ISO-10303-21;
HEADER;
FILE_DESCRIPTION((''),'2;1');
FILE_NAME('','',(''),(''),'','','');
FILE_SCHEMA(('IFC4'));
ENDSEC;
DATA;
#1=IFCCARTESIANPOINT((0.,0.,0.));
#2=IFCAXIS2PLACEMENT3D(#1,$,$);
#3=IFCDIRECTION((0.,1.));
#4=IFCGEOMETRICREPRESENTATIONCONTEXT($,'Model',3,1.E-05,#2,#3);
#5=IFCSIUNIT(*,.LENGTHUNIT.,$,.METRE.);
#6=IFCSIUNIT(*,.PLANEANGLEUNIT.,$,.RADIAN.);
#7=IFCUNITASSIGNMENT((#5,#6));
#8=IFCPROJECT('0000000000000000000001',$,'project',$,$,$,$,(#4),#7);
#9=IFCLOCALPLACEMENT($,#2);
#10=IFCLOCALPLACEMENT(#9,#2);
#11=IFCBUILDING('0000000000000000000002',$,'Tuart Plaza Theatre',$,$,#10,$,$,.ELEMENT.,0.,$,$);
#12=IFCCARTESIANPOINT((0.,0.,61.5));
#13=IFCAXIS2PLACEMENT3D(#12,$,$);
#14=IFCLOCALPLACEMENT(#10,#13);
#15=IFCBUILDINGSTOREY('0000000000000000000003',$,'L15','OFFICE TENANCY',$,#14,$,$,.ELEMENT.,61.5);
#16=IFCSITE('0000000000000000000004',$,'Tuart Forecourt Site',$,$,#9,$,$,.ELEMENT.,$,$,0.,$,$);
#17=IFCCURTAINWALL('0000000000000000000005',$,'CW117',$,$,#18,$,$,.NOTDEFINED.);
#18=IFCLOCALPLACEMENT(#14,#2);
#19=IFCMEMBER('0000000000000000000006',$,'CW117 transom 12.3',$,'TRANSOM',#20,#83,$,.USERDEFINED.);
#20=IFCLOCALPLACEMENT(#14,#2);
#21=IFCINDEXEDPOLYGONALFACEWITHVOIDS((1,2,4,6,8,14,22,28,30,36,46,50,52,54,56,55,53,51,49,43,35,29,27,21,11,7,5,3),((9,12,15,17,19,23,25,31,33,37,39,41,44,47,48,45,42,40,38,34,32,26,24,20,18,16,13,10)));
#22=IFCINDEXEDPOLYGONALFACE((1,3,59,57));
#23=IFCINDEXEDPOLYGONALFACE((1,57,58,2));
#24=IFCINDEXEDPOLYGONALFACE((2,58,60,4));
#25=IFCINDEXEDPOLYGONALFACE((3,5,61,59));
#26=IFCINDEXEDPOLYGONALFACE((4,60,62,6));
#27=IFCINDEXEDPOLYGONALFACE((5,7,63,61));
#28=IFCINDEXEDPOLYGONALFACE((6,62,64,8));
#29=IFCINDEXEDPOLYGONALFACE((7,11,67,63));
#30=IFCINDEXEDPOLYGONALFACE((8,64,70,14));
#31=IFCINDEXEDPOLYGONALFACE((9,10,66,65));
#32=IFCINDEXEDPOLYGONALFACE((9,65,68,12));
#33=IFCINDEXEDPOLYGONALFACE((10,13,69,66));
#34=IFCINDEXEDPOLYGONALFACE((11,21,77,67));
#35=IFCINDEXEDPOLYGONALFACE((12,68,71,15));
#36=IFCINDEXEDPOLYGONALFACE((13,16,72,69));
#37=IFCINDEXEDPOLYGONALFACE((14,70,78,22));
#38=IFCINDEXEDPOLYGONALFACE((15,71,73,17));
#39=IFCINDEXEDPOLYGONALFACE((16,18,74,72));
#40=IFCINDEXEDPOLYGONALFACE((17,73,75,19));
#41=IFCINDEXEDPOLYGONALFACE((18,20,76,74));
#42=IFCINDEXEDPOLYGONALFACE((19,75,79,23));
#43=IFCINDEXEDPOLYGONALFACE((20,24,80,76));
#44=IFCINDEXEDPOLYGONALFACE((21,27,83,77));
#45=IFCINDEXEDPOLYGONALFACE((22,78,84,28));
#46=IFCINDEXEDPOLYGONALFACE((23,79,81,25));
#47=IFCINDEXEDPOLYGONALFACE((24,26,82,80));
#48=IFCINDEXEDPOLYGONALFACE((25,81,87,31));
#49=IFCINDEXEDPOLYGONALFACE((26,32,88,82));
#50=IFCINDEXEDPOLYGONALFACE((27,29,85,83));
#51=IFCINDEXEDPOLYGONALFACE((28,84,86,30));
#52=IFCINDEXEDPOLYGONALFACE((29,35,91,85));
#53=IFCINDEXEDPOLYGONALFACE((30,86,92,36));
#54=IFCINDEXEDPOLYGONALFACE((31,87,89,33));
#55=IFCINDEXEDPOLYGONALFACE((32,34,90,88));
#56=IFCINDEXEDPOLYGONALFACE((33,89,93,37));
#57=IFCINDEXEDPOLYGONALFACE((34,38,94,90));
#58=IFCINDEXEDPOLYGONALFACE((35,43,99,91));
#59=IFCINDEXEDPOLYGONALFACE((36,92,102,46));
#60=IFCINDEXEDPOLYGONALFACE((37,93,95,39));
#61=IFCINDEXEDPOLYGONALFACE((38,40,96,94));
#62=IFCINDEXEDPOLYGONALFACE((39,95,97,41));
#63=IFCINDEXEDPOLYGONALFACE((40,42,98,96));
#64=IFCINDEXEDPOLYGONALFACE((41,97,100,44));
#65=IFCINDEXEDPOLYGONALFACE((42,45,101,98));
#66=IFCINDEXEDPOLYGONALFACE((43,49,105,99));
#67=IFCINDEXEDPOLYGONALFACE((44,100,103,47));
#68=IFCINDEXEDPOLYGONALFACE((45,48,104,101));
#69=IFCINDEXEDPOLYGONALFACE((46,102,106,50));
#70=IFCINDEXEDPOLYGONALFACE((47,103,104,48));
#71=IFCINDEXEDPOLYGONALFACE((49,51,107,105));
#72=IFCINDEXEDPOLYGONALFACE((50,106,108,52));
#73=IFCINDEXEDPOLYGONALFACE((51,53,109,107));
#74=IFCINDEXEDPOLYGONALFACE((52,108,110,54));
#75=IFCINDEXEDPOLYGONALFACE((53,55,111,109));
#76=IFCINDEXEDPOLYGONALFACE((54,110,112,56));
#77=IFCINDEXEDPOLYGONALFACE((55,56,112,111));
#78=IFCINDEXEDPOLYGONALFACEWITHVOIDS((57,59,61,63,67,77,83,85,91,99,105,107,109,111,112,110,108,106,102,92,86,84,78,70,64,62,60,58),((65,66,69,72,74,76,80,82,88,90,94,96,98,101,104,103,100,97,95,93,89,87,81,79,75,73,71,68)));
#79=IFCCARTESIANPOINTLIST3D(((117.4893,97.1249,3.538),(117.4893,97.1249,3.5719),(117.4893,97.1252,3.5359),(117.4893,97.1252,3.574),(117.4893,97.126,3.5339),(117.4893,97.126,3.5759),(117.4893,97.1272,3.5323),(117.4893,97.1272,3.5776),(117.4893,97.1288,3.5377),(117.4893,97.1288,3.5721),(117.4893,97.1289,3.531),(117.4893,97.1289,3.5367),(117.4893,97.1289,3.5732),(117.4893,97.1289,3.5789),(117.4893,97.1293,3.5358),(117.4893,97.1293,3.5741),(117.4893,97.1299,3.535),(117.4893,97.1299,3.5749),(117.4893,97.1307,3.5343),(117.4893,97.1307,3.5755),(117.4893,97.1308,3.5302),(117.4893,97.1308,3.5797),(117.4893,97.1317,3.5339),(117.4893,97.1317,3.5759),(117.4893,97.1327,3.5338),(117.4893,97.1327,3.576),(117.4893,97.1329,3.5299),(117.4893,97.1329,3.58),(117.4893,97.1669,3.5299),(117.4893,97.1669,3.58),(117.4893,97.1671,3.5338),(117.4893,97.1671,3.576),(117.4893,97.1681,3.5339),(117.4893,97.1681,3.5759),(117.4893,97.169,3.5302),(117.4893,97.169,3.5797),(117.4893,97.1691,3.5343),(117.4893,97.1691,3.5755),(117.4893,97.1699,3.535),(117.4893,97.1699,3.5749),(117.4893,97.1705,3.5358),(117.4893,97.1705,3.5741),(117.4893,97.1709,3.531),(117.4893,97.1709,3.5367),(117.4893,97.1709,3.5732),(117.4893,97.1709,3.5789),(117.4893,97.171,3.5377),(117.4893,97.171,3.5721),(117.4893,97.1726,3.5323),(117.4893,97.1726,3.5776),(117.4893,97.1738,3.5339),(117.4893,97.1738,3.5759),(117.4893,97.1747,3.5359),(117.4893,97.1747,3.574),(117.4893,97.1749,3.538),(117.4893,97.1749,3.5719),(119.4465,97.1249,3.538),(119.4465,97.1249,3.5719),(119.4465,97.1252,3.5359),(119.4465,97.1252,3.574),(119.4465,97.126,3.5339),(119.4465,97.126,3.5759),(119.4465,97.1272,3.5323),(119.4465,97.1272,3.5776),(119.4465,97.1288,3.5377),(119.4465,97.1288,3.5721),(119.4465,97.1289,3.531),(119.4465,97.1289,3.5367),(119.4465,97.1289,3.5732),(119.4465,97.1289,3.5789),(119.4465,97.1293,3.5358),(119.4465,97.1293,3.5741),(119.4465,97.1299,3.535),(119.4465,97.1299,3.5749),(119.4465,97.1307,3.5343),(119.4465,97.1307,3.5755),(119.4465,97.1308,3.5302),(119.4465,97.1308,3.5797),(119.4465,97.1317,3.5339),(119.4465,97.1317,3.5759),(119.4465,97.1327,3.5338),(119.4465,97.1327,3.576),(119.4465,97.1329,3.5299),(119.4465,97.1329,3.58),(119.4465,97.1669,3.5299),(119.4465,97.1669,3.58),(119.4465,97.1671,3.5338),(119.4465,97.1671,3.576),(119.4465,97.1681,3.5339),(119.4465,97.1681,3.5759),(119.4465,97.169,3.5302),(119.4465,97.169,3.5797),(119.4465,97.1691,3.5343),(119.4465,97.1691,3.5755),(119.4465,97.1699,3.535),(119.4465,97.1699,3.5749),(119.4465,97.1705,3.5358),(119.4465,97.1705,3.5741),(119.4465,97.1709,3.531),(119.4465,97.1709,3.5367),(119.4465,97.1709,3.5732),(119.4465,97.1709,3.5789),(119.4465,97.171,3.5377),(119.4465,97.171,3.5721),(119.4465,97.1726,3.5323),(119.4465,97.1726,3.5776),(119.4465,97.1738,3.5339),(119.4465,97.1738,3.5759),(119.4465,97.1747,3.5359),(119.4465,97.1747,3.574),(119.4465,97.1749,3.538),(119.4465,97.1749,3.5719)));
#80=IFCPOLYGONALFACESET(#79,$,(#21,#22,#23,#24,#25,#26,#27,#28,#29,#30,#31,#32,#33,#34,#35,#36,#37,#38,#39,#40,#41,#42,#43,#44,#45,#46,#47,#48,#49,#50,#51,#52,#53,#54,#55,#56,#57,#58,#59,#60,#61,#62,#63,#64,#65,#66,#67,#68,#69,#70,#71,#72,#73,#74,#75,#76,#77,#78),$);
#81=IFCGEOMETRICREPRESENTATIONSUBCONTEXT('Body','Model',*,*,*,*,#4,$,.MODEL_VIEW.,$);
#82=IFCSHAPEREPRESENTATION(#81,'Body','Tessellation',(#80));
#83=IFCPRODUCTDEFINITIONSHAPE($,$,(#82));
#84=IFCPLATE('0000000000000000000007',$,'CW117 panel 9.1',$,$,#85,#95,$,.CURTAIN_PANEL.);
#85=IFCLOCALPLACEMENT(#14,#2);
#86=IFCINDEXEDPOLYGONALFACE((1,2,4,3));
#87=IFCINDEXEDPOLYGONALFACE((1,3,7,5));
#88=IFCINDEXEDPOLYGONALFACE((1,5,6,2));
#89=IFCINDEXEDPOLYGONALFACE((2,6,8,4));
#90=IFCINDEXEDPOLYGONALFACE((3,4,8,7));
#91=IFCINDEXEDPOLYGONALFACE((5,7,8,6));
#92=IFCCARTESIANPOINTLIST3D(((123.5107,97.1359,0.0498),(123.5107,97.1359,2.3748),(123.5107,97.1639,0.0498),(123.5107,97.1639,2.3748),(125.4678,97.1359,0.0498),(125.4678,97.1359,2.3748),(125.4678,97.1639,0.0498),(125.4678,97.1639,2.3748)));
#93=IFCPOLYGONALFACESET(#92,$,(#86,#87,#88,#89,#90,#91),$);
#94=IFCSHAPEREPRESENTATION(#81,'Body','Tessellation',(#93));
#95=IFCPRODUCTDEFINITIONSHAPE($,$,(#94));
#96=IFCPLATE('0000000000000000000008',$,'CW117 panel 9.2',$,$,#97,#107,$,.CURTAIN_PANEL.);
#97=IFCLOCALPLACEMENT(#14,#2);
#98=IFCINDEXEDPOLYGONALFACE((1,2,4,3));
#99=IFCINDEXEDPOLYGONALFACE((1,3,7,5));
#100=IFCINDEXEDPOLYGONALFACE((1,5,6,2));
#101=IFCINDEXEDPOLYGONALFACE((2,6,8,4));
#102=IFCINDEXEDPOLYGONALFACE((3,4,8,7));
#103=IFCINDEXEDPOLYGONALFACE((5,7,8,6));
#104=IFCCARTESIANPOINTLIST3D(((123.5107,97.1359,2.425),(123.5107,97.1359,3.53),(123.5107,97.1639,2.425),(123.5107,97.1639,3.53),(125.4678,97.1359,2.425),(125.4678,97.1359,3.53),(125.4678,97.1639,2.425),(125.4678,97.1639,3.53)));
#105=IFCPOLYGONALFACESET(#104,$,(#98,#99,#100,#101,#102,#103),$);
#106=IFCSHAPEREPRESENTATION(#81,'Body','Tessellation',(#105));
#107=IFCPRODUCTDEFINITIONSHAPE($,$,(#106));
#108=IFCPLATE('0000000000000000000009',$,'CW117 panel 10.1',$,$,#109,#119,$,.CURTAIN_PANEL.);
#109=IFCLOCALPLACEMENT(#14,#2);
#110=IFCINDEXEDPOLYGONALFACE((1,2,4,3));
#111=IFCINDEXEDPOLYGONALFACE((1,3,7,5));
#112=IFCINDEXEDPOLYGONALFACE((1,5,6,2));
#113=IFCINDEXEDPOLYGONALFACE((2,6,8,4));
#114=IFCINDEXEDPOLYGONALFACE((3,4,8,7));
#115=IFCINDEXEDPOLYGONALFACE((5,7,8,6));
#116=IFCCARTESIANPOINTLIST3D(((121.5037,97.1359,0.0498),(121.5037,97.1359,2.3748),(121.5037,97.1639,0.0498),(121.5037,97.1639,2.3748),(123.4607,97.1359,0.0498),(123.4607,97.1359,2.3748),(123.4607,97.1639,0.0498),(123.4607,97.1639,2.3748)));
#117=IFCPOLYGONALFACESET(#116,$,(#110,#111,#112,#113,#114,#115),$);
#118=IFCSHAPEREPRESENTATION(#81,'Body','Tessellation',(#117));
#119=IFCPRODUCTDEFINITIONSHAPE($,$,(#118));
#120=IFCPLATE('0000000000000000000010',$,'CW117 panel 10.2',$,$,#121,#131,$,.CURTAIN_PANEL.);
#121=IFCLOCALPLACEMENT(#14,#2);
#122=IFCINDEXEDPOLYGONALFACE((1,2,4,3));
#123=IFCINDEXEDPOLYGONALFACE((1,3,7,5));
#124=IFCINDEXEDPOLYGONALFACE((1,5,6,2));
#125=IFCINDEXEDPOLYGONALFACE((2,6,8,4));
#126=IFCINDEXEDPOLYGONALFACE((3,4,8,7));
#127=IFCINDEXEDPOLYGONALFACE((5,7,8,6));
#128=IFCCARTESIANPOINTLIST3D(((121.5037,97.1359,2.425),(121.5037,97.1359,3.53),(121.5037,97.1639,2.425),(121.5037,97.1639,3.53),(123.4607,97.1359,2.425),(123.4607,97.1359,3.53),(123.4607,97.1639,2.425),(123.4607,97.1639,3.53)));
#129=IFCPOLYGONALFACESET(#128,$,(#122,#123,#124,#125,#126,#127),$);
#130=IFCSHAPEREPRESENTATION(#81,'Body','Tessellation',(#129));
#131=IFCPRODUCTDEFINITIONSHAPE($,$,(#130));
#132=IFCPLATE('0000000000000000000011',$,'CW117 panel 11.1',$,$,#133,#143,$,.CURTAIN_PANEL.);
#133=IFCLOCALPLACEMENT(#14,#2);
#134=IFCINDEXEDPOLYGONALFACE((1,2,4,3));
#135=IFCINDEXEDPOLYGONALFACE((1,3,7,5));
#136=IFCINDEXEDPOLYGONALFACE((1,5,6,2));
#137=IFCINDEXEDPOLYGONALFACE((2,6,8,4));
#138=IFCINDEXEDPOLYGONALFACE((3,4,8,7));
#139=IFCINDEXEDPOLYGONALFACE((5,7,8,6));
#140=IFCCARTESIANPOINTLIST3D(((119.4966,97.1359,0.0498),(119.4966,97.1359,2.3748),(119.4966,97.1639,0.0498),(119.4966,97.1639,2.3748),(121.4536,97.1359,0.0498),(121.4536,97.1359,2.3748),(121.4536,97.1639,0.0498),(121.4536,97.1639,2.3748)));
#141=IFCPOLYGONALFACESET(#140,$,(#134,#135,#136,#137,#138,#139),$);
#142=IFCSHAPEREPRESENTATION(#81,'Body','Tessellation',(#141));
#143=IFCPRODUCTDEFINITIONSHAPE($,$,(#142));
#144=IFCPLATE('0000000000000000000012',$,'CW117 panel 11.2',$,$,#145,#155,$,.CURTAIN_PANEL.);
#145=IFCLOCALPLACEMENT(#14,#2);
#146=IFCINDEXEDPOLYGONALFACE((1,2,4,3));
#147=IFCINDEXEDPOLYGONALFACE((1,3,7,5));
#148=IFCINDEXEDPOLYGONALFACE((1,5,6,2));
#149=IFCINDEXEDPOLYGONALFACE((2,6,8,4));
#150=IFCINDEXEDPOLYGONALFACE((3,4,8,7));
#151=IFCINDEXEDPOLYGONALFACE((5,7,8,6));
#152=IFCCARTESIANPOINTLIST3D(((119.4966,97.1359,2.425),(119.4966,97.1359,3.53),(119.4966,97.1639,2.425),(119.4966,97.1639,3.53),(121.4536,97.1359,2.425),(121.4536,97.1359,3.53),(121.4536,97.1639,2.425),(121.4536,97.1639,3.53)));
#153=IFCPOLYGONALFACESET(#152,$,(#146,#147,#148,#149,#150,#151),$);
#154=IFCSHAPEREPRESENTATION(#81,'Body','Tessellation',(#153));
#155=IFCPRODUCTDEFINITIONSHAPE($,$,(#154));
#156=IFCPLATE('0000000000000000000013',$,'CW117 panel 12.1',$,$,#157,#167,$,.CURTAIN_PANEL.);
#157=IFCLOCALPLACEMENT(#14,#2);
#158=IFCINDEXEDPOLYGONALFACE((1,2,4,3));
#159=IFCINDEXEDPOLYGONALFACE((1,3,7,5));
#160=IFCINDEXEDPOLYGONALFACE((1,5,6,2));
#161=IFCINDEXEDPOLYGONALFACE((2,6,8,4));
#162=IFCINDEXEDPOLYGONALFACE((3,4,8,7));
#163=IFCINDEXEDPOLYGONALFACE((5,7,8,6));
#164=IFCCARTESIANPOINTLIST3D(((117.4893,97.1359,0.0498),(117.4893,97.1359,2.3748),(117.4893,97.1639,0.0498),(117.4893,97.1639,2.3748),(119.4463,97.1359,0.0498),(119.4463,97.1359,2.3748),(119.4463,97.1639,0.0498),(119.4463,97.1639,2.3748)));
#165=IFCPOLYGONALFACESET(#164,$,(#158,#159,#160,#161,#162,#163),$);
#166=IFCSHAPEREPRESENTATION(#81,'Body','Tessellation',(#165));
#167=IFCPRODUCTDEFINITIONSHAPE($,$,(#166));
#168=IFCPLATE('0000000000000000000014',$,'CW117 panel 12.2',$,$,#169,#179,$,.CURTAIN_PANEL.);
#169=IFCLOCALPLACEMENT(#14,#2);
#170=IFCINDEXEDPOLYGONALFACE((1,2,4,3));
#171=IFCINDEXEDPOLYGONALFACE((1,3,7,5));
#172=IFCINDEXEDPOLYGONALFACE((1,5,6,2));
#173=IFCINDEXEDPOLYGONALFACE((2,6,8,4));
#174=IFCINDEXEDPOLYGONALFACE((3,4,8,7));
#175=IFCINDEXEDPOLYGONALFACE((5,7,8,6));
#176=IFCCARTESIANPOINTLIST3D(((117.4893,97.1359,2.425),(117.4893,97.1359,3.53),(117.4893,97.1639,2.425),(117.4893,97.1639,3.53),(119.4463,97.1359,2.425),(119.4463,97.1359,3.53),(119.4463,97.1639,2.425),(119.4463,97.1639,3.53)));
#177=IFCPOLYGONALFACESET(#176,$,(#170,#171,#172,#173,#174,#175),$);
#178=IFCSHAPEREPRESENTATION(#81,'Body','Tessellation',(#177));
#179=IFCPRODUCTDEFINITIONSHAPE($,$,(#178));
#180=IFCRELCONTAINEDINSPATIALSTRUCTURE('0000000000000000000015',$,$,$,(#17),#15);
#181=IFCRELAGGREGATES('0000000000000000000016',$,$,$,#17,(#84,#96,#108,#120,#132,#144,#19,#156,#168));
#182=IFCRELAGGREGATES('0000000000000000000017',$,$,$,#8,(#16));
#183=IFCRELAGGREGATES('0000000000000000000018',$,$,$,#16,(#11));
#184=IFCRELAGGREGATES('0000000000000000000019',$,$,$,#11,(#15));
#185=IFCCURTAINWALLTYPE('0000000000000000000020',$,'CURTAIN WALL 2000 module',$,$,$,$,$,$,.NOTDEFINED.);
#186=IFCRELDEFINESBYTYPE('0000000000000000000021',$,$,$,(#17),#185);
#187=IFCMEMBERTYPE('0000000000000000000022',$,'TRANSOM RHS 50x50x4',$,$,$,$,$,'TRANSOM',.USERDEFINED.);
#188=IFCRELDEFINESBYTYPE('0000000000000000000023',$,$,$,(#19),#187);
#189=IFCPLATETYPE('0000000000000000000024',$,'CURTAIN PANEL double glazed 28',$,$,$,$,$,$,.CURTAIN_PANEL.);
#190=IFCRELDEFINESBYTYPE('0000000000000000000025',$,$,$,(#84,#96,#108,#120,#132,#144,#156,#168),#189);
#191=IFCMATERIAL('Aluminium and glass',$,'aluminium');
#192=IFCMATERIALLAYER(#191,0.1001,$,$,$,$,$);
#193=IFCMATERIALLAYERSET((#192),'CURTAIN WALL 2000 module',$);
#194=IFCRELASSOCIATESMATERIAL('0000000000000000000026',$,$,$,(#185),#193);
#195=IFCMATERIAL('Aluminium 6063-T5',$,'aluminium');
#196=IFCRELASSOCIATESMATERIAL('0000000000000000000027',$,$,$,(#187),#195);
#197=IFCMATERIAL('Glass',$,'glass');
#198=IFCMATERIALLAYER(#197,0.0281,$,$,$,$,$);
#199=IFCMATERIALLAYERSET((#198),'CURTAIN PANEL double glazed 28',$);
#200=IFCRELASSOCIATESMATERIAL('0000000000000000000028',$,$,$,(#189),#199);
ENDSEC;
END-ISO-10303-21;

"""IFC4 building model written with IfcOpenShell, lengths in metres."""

from ifc_helpers import new_model, si_unit, direction, frame, origin, origin_2d, place, context, subcontext, project, spatial, rectangle, hollow_rectangle, extrude, material, layer, layer_set, material_profile, profile_set, type_object, element, aggregate, save


model = new_model("IFC4")

# Units and contexts
model_context = context("Model", 3, precision=1e-05, world=origin(), true_north=direction((0.0, 1.0)))
body_context = subcontext(model_context, "Body", "Model", "MODEL_VIEW")
ifc_project = project(units=[si_unit("LENGTHUNIT", "METRE"), si_unit("PLANEANGLEUNIT", "RADIAN")], contexts=[model_context])

# Site, building, storey
site_placement = place(None, origin())
site = spatial("IfcSite", under=ifc_project, at=site_placement, Name="Tuart Forecourt Site", CompositionType="ELEMENT", RefElevation=0.0)
building_placement = place(site_placement, origin())
building = spatial("IfcBuilding", under=site, at=building_placement, Name="Tuart Plaza Theatre", CompositionType="ELEMENT", ElevationOfRefHeight=0.0)
storey_placement = place(building_placement, frame((0.0, 0.0, 61.5)))
storey = spatial("IfcBuildingStorey", under=building, at=storey_placement, Name="L15", Description="OFFICE TENANCY", CompositionType="ELEMENT", Elevation=61.5)

# Curtain wall, member, plates
ifc_material_1 = material(Name="Aluminium and glass", Category="aluminium")
ifc_layer_1 = layer(ifc_material_1, 0.1001)
ifc_layer_set_1 = layer_set([ifc_layer_1], Name="CURTAIN WALL 2000 module")
curtain_wall_type = type_object("IfcCurtainWallType", Name="CURTAIN WALL 2000 module", PredefinedType="NOTDEFINED", material=ifc_layer_set_1)
curtain_wall_placement = place(storey_placement, origin())
curtain_wall = element("IfcCurtainWall", 1, at=curtain_wall_placement, inside=storey, type_object=curtain_wall_type, Name="CW117", PredefinedType="NOTDEFINED")
ifc_material_2 = material(Name="Aluminium 6063-T5", Category="aluminium")
ifc_material_profile_1 = material_profile(ifc_material_2, hollow_rectangle(XDim=0.05, YDim=0.05, WallThickness=0.0039, InnerFilletRadius=0.0039, OuterFilletRadius=0.0081, at=origin_2d()), Name="RHS 50x50x4")
ifc_profile_set_1 = profile_set([ifc_material_profile_1], Name="Aluminium 6063-T5")
member_type_1 = type_object("IfcMemberType", Name="TRANSOM RHS 50x50x4", ElementType="TRANSOM", PredefinedType="USERDEFINED", material=ifc_profile_set_1)
member_1_placement = place(storey_placement, frame((119.4465, 97.1499, 3.5549), z_axis=(-1.0, 0.0, 0.0), x_axis=(0.0, -1.0, 0.0)))
member_1 = element("IfcMember", 2, at=member_1_placement, type_object=member_type_1, Name="CW117 transom 12.3", ObjectType="TRANSOM", PredefinedType="USERDEFINED", context=body_context, shape_type="SweptSolid", body=[
    extrude(hollow_rectangle(XDim=0.05, YDim=0.05, WallThickness=0.0039, InnerFilletRadius=0.0039, OuterFilletRadius=0.0081, at=origin_2d()), origin(), (0.0, 0.0, 1.0), 1.9573),
])
ifc_material_3 = material(Name="Glass", Category="glass")
ifc_layer_2 = layer(ifc_material_3, 0.0281)
ifc_layer_set_2 = layer_set([ifc_layer_2], Name="CURTAIN PANEL double glazed 28")
plate_type = type_object("IfcPlateType", Name="CURTAIN PANEL double glazed 28", PredefinedType="CURTAIN_PANEL", material=ifc_layer_set_2)
plate_1_placement = place(storey_placement, frame((124.4893, 97.1499, 0.0498), z_axis=(0.0, 0.0, 1.0), x_axis=(-1.0, 0.0, 0.0)))
plate_1 = element("IfcPlate", 3, at=plate_1_placement, type_object=plate_type, Name="CW117 panel 9.1", PredefinedType="CURTAIN_PANEL", context=body_context, shape_type="SweptSolid", body=[
    extrude(rectangle(XDim=1.957, YDim=0.0281, at=origin_2d()), origin(), (0.0, 0.0, 1.0), 2.325),
])
plate_2_placement = place(storey_placement, frame((124.4893, 97.1499, 2.425), z_axis=(0.0, 0.0, 1.0), x_axis=(-1.0, 0.0, 0.0)))
plate_2 = element("IfcPlate", 4, at=plate_2_placement, type_object=plate_type, Name="CW117 panel 9.2", PredefinedType="CURTAIN_PANEL", context=body_context, shape_type="SweptSolid", body=[
    extrude(rectangle(XDim=1.957, YDim=0.0281, at=origin_2d()), origin(), (0.0, 0.0, 1.0), 1.105),
])
plate_3_placement = place(storey_placement, frame((122.4822, 97.1499, 0.0498), z_axis=(0.0, 0.0, 1.0), x_axis=(-1.0, 0.0, 0.0)))
plate_3 = element("IfcPlate", 5, at=plate_3_placement, type_object=plate_type, Name="CW117 panel 10.1", PredefinedType="CURTAIN_PANEL", context=body_context, shape_type="SweptSolid", body=[
    extrude(rectangle(XDim=1.957, YDim=0.0281, at=origin_2d()), origin(), (0.0, 0.0, 1.0), 2.325),
])
plate_4_placement = place(storey_placement, frame((122.4822, 97.1499, 2.425), z_axis=(0.0, 0.0, 1.0), x_axis=(-1.0, 0.0, 0.0)))
plate_4 = element("IfcPlate", 6, at=plate_4_placement, type_object=plate_type, Name="CW117 panel 10.2", PredefinedType="CURTAIN_PANEL", context=body_context, shape_type="SweptSolid", body=[
    extrude(rectangle(XDim=1.957, YDim=0.0281, at=origin_2d()), origin(), (0.0, 0.0, 1.0), 1.105),
])
plate_5_placement = place(storey_placement, frame((120.4751, 97.1499, 0.0498), z_axis=(0.0, 0.0, 1.0), x_axis=(-1.0, 0.0, 0.0)))
plate_5 = element("IfcPlate", 7, at=plate_5_placement, type_object=plate_type, Name="CW117 panel 11.1", PredefinedType="CURTAIN_PANEL", context=body_context, shape_type="SweptSolid", body=[
    extrude(rectangle(XDim=1.957, YDim=0.0281, at=origin_2d()), origin(), (0.0, 0.0, 1.0), 2.325),
])
plate_6_placement = place(storey_placement, frame((120.4751, 97.1499, 2.425), z_axis=(0.0, 0.0, 1.0), x_axis=(-1.0, 0.0, 0.0)))
plate_6 = element("IfcPlate", 8, at=plate_6_placement, type_object=plate_type, Name="CW117 panel 11.2", PredefinedType="CURTAIN_PANEL", context=body_context, shape_type="SweptSolid", body=[
    extrude(rectangle(XDim=1.957, YDim=0.0281, at=origin_2d()), origin(), (0.0, 0.0, 1.0), 1.105),
])
plate_7_placement = place(storey_placement, frame((118.4678, 97.1499, 0.0498), z_axis=(0.0, 0.0, 1.0), x_axis=(-1.0, 0.0, 0.0)))
plate_7 = element("IfcPlate", 9, at=plate_7_placement, type_object=plate_type, Name="CW117 panel 12.1", PredefinedType="CURTAIN_PANEL", context=body_context, shape_type="SweptSolid", body=[
    extrude(rectangle(XDim=1.957, YDim=0.0281, at=origin_2d()), origin(), (0.0, 0.0, 1.0), 2.325),
])
plate_8_placement = place(storey_placement, frame((118.4678, 97.1499, 2.425), z_axis=(0.0, 0.0, 1.0), x_axis=(-1.0, 0.0, 0.0)))
plate_8 = element("IfcPlate", 10, at=plate_8_placement, type_object=plate_type, Name="CW117 panel 12.2", PredefinedType="CURTAIN_PANEL", context=body_context, shape_type="SweptSolid", body=[
    extrude(rectangle(XDim=1.957, YDim=0.0281, at=origin_2d()), origin(), (0.0, 0.0, 1.0), 1.105),
])
aggregate(curtain_wall, [plate_1, plate_2, plate_3, plate_4, plate_5, plate_6, member_1, plate_7, plate_8])

save(model, "model.ifc")
